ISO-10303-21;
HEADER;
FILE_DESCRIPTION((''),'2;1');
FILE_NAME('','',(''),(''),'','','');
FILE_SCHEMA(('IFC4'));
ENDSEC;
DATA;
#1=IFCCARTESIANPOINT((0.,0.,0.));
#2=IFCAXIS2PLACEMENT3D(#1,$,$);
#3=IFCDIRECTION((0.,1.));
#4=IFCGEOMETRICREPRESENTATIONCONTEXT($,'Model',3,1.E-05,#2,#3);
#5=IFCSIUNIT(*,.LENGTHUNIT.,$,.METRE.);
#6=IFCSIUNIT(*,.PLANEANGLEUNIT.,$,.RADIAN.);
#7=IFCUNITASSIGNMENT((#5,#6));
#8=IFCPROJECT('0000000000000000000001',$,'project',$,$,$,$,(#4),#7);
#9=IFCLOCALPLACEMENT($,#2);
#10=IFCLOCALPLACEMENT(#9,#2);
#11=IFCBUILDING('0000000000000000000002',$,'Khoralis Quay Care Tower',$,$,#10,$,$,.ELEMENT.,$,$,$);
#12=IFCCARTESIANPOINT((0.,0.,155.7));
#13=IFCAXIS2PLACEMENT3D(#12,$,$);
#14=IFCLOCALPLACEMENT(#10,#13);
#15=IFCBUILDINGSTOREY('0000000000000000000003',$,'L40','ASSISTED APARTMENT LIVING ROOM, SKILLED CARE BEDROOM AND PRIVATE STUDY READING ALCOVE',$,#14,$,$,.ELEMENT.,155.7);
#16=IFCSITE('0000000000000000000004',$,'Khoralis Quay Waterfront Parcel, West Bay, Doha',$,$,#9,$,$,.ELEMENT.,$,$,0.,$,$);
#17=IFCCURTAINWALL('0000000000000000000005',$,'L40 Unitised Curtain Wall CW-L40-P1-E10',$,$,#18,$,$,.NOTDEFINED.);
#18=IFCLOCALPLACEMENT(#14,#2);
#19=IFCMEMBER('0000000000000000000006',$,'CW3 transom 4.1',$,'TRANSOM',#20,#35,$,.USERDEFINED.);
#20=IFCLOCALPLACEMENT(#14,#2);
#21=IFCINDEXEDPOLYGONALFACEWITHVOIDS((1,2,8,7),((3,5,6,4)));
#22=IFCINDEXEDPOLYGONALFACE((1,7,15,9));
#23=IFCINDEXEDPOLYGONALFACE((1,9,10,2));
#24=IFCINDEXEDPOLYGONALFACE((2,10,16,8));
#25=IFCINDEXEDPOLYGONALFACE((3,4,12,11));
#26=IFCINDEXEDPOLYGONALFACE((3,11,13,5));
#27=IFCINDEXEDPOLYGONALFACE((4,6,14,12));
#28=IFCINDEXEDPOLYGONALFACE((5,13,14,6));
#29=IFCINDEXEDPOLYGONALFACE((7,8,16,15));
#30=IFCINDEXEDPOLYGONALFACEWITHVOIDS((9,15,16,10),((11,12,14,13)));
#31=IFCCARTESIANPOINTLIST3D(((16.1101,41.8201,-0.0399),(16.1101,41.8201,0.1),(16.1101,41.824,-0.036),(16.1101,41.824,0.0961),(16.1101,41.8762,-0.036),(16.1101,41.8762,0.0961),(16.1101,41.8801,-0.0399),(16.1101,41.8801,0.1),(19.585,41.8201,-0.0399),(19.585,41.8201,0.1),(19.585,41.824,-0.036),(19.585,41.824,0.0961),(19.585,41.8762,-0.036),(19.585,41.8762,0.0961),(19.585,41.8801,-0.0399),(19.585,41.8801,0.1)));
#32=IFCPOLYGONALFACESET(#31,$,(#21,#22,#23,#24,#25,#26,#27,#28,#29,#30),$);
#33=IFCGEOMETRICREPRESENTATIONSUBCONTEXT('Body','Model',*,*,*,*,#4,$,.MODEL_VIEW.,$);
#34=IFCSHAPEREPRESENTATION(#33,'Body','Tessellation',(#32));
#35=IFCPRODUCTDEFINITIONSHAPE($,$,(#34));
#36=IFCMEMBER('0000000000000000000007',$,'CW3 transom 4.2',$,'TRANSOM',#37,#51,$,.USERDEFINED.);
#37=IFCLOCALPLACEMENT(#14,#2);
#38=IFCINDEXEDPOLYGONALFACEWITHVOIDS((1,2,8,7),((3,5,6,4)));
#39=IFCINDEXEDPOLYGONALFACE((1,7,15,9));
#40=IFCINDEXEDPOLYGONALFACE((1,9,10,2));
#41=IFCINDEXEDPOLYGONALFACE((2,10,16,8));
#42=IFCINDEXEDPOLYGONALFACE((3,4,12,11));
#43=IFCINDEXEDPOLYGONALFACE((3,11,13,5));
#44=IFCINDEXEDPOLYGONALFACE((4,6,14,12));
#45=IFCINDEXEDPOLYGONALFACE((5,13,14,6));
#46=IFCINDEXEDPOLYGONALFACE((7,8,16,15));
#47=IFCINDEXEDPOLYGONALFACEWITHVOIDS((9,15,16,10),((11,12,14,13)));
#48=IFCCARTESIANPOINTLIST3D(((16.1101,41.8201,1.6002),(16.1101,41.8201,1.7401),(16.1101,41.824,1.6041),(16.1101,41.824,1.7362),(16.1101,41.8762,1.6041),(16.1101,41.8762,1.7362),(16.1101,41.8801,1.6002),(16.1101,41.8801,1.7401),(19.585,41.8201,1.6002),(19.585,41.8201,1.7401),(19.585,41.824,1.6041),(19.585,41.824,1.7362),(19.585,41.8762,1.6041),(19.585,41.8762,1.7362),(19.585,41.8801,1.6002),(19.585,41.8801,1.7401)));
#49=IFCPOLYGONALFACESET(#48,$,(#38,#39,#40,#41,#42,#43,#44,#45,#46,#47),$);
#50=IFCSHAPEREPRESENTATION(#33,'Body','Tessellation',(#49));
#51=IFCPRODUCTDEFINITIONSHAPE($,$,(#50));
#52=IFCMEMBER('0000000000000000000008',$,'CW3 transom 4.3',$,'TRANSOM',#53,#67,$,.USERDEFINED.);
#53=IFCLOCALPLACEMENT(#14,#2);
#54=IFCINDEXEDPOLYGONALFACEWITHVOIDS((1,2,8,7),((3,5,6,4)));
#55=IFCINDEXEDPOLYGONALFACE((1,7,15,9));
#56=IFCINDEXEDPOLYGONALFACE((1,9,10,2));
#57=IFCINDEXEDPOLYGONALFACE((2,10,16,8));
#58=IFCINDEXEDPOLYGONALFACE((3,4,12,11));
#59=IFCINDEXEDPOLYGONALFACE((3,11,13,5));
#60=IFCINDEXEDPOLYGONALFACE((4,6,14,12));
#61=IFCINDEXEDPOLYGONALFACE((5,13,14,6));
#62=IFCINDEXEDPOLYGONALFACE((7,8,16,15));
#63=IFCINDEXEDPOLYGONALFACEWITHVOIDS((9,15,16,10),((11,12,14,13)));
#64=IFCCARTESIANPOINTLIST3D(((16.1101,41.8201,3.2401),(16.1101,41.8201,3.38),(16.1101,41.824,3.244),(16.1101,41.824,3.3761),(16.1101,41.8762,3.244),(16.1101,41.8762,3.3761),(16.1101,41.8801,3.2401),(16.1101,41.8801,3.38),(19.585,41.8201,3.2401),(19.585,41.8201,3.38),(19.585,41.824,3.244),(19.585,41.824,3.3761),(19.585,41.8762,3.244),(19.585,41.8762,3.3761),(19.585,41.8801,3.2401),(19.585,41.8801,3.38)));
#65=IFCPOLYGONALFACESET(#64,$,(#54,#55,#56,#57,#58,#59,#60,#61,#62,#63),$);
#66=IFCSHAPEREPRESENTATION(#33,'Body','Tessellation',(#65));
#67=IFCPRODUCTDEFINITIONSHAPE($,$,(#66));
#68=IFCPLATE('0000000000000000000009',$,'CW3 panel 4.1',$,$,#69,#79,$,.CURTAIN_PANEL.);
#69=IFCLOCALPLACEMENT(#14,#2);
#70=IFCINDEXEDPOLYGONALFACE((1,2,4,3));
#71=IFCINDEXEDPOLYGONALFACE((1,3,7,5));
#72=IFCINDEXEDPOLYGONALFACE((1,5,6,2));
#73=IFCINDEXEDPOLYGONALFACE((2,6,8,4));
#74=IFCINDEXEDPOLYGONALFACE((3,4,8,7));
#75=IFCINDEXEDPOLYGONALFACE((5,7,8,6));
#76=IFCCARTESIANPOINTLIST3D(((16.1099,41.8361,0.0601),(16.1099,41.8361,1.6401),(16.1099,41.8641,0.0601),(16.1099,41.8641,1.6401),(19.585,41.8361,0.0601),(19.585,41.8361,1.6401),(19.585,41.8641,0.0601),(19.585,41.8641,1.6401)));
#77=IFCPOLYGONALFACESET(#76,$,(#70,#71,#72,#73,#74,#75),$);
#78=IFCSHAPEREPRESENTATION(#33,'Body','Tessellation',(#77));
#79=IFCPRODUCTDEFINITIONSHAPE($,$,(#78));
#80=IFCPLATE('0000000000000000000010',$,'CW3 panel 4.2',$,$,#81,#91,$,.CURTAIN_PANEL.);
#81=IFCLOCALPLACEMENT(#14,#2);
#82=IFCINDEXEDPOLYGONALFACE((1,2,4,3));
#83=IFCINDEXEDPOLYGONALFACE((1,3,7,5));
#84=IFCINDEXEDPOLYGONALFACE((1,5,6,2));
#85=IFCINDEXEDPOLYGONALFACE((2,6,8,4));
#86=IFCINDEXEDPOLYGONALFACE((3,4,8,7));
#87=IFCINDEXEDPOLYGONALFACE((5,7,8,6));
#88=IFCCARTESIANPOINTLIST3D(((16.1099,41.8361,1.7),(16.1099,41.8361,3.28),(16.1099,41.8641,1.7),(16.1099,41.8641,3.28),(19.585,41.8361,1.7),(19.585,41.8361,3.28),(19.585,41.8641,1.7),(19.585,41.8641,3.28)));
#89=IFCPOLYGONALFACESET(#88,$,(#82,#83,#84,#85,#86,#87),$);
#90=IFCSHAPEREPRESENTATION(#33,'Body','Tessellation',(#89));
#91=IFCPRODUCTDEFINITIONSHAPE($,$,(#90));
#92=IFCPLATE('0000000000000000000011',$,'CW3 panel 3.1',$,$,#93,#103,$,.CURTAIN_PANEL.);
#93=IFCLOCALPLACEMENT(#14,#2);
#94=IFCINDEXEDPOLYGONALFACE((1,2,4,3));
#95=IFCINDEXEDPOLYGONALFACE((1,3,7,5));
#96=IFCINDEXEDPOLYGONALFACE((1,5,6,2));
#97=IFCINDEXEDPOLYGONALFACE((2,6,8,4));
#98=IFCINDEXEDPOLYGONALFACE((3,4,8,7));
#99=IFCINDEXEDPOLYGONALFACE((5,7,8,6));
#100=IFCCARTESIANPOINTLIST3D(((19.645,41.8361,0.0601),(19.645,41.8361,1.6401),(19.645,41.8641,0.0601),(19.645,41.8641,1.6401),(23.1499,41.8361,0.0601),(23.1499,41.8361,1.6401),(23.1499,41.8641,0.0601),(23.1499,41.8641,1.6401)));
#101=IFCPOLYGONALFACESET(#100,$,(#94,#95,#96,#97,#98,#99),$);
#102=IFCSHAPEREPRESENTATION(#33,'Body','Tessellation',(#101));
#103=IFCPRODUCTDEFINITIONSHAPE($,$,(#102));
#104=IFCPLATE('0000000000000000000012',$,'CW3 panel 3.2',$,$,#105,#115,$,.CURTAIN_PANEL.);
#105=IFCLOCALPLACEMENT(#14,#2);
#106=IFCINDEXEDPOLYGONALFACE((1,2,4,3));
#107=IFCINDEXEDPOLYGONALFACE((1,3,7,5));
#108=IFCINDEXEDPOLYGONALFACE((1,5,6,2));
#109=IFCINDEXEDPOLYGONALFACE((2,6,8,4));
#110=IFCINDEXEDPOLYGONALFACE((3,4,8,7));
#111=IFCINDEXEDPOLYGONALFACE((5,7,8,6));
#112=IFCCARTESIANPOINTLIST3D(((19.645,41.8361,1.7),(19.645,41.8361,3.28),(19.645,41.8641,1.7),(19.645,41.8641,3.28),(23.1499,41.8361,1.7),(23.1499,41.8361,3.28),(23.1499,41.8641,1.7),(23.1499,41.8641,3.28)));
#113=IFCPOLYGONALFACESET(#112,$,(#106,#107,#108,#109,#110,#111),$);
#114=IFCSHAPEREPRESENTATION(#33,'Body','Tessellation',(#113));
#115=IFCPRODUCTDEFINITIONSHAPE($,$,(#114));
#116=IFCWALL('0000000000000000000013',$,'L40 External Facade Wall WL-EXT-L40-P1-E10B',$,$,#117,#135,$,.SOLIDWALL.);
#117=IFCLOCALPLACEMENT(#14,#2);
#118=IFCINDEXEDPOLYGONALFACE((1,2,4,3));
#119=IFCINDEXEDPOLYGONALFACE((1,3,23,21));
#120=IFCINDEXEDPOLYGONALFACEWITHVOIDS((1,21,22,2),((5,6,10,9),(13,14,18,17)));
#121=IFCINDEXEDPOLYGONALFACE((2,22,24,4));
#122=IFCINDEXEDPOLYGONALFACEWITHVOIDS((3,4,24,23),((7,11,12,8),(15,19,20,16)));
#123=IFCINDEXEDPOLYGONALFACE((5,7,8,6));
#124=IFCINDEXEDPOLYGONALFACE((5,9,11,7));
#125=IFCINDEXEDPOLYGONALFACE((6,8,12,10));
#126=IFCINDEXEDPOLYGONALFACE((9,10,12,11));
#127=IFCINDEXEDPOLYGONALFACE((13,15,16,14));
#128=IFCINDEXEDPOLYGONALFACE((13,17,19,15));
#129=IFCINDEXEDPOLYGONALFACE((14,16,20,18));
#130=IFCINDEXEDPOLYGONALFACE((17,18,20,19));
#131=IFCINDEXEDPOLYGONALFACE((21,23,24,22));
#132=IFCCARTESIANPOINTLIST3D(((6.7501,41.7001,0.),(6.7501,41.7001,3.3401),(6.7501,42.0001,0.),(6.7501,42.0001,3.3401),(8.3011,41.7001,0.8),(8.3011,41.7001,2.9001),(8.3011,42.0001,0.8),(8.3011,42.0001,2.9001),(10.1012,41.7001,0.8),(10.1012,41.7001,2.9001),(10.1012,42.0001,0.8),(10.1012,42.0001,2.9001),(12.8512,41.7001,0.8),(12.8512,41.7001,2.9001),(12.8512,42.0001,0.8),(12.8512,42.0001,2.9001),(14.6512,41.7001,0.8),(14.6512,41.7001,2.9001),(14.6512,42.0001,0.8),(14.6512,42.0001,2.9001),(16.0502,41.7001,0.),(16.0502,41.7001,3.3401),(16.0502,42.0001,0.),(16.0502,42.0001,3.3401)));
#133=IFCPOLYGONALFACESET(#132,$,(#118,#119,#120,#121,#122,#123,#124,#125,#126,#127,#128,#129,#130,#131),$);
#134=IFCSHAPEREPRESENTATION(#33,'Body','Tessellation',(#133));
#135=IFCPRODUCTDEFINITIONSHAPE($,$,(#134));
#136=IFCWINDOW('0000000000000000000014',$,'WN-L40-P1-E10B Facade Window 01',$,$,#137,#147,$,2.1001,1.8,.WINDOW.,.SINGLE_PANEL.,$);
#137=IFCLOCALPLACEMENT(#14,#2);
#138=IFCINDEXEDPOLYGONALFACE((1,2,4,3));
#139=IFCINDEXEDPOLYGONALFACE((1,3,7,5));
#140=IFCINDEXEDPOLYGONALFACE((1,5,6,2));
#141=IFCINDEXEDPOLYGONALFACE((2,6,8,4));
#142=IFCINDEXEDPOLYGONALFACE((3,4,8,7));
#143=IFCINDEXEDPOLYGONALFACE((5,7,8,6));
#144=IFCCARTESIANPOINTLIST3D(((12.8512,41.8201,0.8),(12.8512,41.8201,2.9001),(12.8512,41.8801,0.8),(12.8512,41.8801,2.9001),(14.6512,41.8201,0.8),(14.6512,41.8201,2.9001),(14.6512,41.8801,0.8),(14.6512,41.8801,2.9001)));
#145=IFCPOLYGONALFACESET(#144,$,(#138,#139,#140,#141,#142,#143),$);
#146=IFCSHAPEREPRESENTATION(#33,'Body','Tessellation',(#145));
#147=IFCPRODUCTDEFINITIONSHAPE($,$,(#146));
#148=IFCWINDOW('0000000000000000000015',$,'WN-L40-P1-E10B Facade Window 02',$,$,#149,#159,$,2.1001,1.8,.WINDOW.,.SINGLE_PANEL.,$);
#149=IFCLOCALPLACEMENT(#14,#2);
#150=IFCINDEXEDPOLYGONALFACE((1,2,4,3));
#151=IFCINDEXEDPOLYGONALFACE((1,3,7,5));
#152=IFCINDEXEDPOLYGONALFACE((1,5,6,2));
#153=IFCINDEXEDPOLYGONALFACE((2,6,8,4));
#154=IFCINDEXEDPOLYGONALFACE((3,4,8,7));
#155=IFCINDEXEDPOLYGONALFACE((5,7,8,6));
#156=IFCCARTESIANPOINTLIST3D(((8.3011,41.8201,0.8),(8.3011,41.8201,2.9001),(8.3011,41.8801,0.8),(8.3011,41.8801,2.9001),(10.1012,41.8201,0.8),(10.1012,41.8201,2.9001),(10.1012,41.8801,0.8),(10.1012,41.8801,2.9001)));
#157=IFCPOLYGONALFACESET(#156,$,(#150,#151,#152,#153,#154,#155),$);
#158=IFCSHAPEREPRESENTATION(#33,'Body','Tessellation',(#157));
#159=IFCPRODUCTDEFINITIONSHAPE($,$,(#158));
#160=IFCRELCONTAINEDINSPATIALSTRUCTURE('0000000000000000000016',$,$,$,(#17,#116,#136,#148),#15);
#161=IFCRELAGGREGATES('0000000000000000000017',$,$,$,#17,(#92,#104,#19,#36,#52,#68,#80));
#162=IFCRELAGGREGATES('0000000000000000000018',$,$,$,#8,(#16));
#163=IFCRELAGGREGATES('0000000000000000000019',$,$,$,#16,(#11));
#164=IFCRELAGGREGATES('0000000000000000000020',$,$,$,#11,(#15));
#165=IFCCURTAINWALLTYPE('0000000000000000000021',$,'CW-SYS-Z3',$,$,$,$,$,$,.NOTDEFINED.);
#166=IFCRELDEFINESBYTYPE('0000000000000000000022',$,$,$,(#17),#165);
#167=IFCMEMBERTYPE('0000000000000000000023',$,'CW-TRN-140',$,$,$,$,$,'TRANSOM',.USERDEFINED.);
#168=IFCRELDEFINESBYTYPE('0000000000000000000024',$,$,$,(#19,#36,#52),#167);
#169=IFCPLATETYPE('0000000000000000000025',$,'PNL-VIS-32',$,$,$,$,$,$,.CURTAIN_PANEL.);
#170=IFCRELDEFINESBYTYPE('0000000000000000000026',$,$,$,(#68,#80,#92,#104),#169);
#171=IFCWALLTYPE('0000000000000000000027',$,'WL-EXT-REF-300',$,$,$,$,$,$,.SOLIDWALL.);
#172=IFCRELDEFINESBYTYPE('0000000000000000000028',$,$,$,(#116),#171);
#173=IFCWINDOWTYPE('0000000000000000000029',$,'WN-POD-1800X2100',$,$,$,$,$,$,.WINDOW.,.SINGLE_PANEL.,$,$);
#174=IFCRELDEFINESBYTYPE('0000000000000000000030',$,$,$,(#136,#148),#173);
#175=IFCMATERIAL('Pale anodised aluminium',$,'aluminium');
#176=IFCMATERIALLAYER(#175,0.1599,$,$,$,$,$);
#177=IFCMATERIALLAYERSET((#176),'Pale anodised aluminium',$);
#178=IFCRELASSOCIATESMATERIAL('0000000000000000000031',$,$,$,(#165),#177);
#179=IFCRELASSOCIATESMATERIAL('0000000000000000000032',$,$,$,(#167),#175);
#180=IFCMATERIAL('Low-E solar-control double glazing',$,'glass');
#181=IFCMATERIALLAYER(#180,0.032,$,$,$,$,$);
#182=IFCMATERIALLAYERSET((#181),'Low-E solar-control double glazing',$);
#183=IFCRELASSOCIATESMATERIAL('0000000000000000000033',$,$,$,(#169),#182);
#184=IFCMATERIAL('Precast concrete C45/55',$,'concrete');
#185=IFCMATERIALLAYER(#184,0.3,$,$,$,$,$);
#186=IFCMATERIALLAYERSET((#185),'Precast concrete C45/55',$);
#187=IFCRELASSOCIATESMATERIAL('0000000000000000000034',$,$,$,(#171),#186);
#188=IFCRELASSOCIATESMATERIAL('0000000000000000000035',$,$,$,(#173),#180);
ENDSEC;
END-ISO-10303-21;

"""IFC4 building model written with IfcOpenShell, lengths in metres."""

from ifc_helpers import new_model, si_unit, direction, frame, frame_2d, origin, origin_2d, place, context, subcontext, project, spatial, rectangle, hollow_rectangle, extrude, source, transform, mapped, material, layer, layer_set, material_profile, profile_set, type_object, element, fill, aggregate, save


model = new_model("IFC4")

# Units and contexts
model_context = context("Model", 3, precision=1e-05, world=origin(), true_north=direction((0.0, 1.0)))
body_context = subcontext(model_context, "Body", "Model", "MODEL_VIEW")
ifc_project = project(units=[si_unit("LENGTHUNIT", "METRE"), si_unit("PLANEANGLEUNIT", "RADIAN")], contexts=[model_context])

# Site, building, storey
site_placement = place(None, origin())
site = spatial("IfcSite", under=ifc_project, at=site_placement, Name="Khoralis Quay Waterfront Parcel, West Bay, Doha", CompositionType="ELEMENT", RefElevation=0.0)
building_placement = place(site_placement, origin())
building = spatial("IfcBuilding", under=site, at=building_placement, Name="Khoralis Quay Care Tower", CompositionType="ELEMENT")
storey_placement = place(building_placement, frame((0.0, 0.0, 155.7)))
storey = spatial("IfcBuildingStorey", under=building, at=storey_placement, Name="L40", Description="ASSISTED APARTMENT LIVING ROOM, SKILLED CARE BEDROOM AND PRIVATE STUDY READING ALCOVE", CompositionType="ELEMENT", Elevation=155.7)

# Curtain wall, members, plates
ifc_material_1 = material(Name="Pale anodised aluminium", Category="aluminium")
ifc_layer_1 = layer(ifc_material_1, 0.1599)
ifc_layer_set_1 = layer_set([ifc_layer_1], Name="Pale anodised aluminium")
curtain_wall_type = type_object("IfcCurtainWallType", Name="CW-SYS-Z3", PredefinedType="NOTDEFINED", material=ifc_layer_set_1)
curtain_wall_placement = place(storey_placement, origin())
curtain_wall = element("IfcCurtainWall", 1, at=curtain_wall_placement, inside=storey, type_object=curtain_wall_type, Name="L40 Unitised Curtain Wall CW-L40-P1-E10", PredefinedType="NOTDEFINED")
ifc_material_profile_1 = material_profile(ifc_material_1, hollow_rectangle(XDim=0.0601, YDim=0.1399, WallThickness=0.0039, at=origin_2d()), Name="Pale anodised aluminium")
ifc_profile_set_1 = profile_set([ifc_material_profile_1], Name="Pale anodised aluminium")
member_type_1 = type_object("IfcMemberType", Name="CW-TRN-140", ElementType="TRANSOM", PredefinedType="USERDEFINED", material=ifc_profile_set_1)
shared_shape_1 = source(origin(), body_context, "Body", "SweptSolid", [
    extrude(hollow_rectangle(XDim=0.0601, YDim=0.1399, WallThickness=0.0039, at=origin_2d()), origin(), (0.0, 0.0, 1.0), 3.4749),
])
member_1_placement = place(storey_placement, frame((19.585, 41.8501, 0.03), z_axis=(-1.0, 0.0, 0.0), x_axis=(0.0, -1.0, 0.0)))
member_1 = element("IfcMember", 2, at=member_1_placement, type_object=member_type_1, Name="CW3 transom 4.1", ObjectType="TRANSOM", PredefinedType="USERDEFINED", context=body_context, shape_type="MappedRepresentation", body=[
    mapped(shared_shape_1, transform((0.0, 0.0, 0.0), scale=1.0)),
])
member_2_placement = place(storey_placement, frame((19.585, 41.8501, 1.6702), z_axis=(-1.0, 0.0, 0.0), x_axis=(0.0, -1.0, 0.0)))
member_2 = element("IfcMember", 3, at=member_2_placement, type_object=member_type_1, Name="CW3 transom 4.2", ObjectType="TRANSOM", PredefinedType="USERDEFINED", context=body_context, shape_type="MappedRepresentation", body=[
    mapped(shared_shape_1, transform((0.0, 0.0, 0.0), scale=1.0)),
])
member_3_placement = place(storey_placement, frame((19.585, 41.8501, 3.3101), z_axis=(-1.0, 0.0, 0.0), x_axis=(0.0, -1.0, 0.0)))
member_3 = element("IfcMember", 4, at=member_3_placement, type_object=member_type_1, Name="CW3 transom 4.3", ObjectType="TRANSOM", PredefinedType="USERDEFINED", context=body_context, shape_type="MappedRepresentation", body=[
    mapped(shared_shape_1, transform((0.0, 0.0, 0.0), scale=1.0)),
])
ifc_material_2 = material(Name="Low-E solar-control double glazing", Category="glass")
ifc_layer_2 = layer(ifc_material_2, 0.032)
ifc_layer_set_2 = layer_set([ifc_layer_2], Name="Low-E solar-control double glazing")
plate_type = type_object("IfcPlateType", Name="PNL-VIS-32", PredefinedType="CURTAIN_PANEL", material=ifc_layer_set_2)
shared_shape_2 = source(origin(), body_context, "Body", "SweptSolid", [
    extrude(rectangle(XDim=3.4751, YDim=0.0281, at=origin_2d()), origin(), (0.0, 0.0, 1.0), 1.5801),
])
plate_1_placement = place(storey_placement, frame((17.8474, 41.8501, 0.0601), z_axis=(0.0, 0.0, 1.0), x_axis=(-1.0, 0.0, 0.0)))
plate_1 = element("IfcPlate", 5, at=plate_1_placement, type_object=plate_type, Name="CW3 panel 4.1", PredefinedType="CURTAIN_PANEL", context=body_context, shape_type="MappedRepresentation", body=[
    mapped(shared_shape_2, transform((0.0, 0.0, 0.0), scale=1.0)),
])
plate_2_placement = place(storey_placement, frame((17.8474, 41.8501, 1.7), z_axis=(0.0, 0.0, 1.0), x_axis=(-1.0, 0.0, 0.0)))
plate_2 = element("IfcPlate", 6, at=plate_2_placement, type_object=plate_type, Name="CW3 panel 4.2", PredefinedType="CURTAIN_PANEL", context=body_context, shape_type="MappedRepresentation", body=[
    mapped(shared_shape_2, transform((0.0, 0.0, 0.0), scale=1.0)),
])
shared_shape_3 = source(origin(), body_context, "Body", "SweptSolid", [
    extrude(rectangle(XDim=3.5049, YDim=0.0281, at=origin_2d()), origin(), (0.0, 0.0, 1.0), 1.5801),
])
plate_3_placement = place(storey_placement, frame((21.3975, 41.8501, 0.0601), z_axis=(0.0, 0.0, 1.0), x_axis=(-1.0, 0.0, 0.0)))
plate_3 = element("IfcPlate", 7, at=plate_3_placement, type_object=plate_type, Name="CW3 panel 3.1", PredefinedType="CURTAIN_PANEL", context=body_context, shape_type="MappedRepresentation", body=[
    mapped(shared_shape_3, transform((0.0, 0.0, 0.0), scale=1.0)),
])
plate_4_placement = place(storey_placement, frame((21.3975, 41.8501, 1.7), z_axis=(0.0, 0.0, 1.0), x_axis=(-1.0, 0.0, 0.0)))
plate_4 = element("IfcPlate", 8, at=plate_4_placement, type_object=plate_type, Name="CW3 panel 3.2", PredefinedType="CURTAIN_PANEL", context=body_context, shape_type="MappedRepresentation", body=[
    mapped(shared_shape_3, transform((0.0, 0.0, 0.0), scale=1.0)),
])
aggregate(curtain_wall, [plate_3, plate_4, member_1, member_2, member_3, plate_1, plate_2])

# Wall, openings, windows
ifc_material_3 = material(Name="Precast concrete C45/55", Category="concrete")
ifc_layer_3 = layer(ifc_material_3, 0.3)
ifc_layer_set_3 = layer_set([ifc_layer_3], Name="Precast concrete C45/55")
wall_type_1 = type_object("IfcWallType", Name="WL-EXT-REF-300", PredefinedType="SOLIDWALL", material=ifc_layer_set_3)
wall_1_placement = place(storey_placement, frame((16.05, 41.8501, 0.0), z_axis=(0.0, 0.0, 1.0), x_axis=(-1.0, 0.0, 0.0)))
wall_1 = element("IfcWall", 9, at=wall_1_placement, inside=storey, type_object=wall_type_1, Name="L40 External Facade Wall WL-EXT-L40-P1-E10B", PredefinedType="SOLIDWALL", context=body_context, shape_type="SweptSolid", body=[
    extrude(rectangle(XDim=9.3, YDim=0.3, at=frame_2d((4.6499, 0.0))), origin(), (0.0, 0.0, 1.0), 3.3401),
])
opening_1_placement = place(wall_1_placement, frame((1.3989, 0.0, 0.8)))
opening_1 = element("IfcOpeningElement", 10, at=opening_1_placement, cuts=wall_1, PredefinedType="OPENING", context=body_context, shape_type="SweptSolid", body=[
    extrude(rectangle(XDim=1.8, YDim=2.1001, at=frame_2d((0.8999, 1.05))), frame((0.0, 0.1602, 0.0), z_axis=(0.0, -1.0, 0.0), x_axis=(1.0, 0.0, 0.0)), (0.0, 0.0, 1.0), 0.3201),
])
opening_2_placement = place(wall_1_placement, frame((5.949, 0.0, 0.8)))
opening_2 = element("IfcOpeningElement", 11, at=opening_2_placement, cuts=wall_1, PredefinedType="OPENING", context=body_context, shape_type="SweptSolid", body=[
    extrude(rectangle(XDim=1.8, YDim=2.1001, at=frame_2d((0.8999, 1.05))), frame((0.0, 0.1602, 0.0), z_axis=(0.0, -1.0, 0.0), x_axis=(1.0, 0.0, 0.0)), (0.0, 0.0, 1.0), 0.3201),
])
window_type = type_object("IfcWindowType", Name="WN-POD-1800X2100", PartitioningType="SINGLE_PANEL", PredefinedType="WINDOW", material=ifc_material_2)
shared_shape_4 = source(origin(), body_context, "Body", "SweptSolid", [
    extrude(rectangle(XDim=1.8, YDim=2.1001, at=frame_2d((0.8999, 1.05))), frame((0.0, 0.03, 0.0), z_axis=(0.0, -1.0, 0.0), x_axis=(1.0, 0.0, 0.0)), (0.0, 0.0, 1.0), 0.0601),
])
window_1_placement = place(opening_1_placement, origin())
window_1 = element("IfcWindow", 12, at=window_1_placement, inside=storey, type_object=window_type, Name="WN-L40-P1-E10B Facade Window 01", OverallHeight=2.1001, OverallWidth=1.8, PartitioningType="SINGLE_PANEL", PredefinedType="WINDOW", context=body_context, shape_type="MappedRepresentation", body=[
    mapped(shared_shape_4, transform((0.0, 0.0, 0.0), scale=1.0)),
])
fill(opening_1, window_1)
window_2_placement = place(opening_2_placement, origin())
window_2 = element("IfcWindow", 13, at=window_2_placement, inside=storey, type_object=window_type, Name="WN-L40-P1-E10B Facade Window 02", OverallHeight=2.1001, OverallWidth=1.8, PartitioningType="SINGLE_PANEL", PredefinedType="WINDOW", context=body_context, shape_type="MappedRepresentation", body=[
    mapped(shared_shape_4, transform((0.0, 0.0, 0.0), scale=1.0)),
])
fill(opening_2, window_2)

save(model, "model.ifc")
